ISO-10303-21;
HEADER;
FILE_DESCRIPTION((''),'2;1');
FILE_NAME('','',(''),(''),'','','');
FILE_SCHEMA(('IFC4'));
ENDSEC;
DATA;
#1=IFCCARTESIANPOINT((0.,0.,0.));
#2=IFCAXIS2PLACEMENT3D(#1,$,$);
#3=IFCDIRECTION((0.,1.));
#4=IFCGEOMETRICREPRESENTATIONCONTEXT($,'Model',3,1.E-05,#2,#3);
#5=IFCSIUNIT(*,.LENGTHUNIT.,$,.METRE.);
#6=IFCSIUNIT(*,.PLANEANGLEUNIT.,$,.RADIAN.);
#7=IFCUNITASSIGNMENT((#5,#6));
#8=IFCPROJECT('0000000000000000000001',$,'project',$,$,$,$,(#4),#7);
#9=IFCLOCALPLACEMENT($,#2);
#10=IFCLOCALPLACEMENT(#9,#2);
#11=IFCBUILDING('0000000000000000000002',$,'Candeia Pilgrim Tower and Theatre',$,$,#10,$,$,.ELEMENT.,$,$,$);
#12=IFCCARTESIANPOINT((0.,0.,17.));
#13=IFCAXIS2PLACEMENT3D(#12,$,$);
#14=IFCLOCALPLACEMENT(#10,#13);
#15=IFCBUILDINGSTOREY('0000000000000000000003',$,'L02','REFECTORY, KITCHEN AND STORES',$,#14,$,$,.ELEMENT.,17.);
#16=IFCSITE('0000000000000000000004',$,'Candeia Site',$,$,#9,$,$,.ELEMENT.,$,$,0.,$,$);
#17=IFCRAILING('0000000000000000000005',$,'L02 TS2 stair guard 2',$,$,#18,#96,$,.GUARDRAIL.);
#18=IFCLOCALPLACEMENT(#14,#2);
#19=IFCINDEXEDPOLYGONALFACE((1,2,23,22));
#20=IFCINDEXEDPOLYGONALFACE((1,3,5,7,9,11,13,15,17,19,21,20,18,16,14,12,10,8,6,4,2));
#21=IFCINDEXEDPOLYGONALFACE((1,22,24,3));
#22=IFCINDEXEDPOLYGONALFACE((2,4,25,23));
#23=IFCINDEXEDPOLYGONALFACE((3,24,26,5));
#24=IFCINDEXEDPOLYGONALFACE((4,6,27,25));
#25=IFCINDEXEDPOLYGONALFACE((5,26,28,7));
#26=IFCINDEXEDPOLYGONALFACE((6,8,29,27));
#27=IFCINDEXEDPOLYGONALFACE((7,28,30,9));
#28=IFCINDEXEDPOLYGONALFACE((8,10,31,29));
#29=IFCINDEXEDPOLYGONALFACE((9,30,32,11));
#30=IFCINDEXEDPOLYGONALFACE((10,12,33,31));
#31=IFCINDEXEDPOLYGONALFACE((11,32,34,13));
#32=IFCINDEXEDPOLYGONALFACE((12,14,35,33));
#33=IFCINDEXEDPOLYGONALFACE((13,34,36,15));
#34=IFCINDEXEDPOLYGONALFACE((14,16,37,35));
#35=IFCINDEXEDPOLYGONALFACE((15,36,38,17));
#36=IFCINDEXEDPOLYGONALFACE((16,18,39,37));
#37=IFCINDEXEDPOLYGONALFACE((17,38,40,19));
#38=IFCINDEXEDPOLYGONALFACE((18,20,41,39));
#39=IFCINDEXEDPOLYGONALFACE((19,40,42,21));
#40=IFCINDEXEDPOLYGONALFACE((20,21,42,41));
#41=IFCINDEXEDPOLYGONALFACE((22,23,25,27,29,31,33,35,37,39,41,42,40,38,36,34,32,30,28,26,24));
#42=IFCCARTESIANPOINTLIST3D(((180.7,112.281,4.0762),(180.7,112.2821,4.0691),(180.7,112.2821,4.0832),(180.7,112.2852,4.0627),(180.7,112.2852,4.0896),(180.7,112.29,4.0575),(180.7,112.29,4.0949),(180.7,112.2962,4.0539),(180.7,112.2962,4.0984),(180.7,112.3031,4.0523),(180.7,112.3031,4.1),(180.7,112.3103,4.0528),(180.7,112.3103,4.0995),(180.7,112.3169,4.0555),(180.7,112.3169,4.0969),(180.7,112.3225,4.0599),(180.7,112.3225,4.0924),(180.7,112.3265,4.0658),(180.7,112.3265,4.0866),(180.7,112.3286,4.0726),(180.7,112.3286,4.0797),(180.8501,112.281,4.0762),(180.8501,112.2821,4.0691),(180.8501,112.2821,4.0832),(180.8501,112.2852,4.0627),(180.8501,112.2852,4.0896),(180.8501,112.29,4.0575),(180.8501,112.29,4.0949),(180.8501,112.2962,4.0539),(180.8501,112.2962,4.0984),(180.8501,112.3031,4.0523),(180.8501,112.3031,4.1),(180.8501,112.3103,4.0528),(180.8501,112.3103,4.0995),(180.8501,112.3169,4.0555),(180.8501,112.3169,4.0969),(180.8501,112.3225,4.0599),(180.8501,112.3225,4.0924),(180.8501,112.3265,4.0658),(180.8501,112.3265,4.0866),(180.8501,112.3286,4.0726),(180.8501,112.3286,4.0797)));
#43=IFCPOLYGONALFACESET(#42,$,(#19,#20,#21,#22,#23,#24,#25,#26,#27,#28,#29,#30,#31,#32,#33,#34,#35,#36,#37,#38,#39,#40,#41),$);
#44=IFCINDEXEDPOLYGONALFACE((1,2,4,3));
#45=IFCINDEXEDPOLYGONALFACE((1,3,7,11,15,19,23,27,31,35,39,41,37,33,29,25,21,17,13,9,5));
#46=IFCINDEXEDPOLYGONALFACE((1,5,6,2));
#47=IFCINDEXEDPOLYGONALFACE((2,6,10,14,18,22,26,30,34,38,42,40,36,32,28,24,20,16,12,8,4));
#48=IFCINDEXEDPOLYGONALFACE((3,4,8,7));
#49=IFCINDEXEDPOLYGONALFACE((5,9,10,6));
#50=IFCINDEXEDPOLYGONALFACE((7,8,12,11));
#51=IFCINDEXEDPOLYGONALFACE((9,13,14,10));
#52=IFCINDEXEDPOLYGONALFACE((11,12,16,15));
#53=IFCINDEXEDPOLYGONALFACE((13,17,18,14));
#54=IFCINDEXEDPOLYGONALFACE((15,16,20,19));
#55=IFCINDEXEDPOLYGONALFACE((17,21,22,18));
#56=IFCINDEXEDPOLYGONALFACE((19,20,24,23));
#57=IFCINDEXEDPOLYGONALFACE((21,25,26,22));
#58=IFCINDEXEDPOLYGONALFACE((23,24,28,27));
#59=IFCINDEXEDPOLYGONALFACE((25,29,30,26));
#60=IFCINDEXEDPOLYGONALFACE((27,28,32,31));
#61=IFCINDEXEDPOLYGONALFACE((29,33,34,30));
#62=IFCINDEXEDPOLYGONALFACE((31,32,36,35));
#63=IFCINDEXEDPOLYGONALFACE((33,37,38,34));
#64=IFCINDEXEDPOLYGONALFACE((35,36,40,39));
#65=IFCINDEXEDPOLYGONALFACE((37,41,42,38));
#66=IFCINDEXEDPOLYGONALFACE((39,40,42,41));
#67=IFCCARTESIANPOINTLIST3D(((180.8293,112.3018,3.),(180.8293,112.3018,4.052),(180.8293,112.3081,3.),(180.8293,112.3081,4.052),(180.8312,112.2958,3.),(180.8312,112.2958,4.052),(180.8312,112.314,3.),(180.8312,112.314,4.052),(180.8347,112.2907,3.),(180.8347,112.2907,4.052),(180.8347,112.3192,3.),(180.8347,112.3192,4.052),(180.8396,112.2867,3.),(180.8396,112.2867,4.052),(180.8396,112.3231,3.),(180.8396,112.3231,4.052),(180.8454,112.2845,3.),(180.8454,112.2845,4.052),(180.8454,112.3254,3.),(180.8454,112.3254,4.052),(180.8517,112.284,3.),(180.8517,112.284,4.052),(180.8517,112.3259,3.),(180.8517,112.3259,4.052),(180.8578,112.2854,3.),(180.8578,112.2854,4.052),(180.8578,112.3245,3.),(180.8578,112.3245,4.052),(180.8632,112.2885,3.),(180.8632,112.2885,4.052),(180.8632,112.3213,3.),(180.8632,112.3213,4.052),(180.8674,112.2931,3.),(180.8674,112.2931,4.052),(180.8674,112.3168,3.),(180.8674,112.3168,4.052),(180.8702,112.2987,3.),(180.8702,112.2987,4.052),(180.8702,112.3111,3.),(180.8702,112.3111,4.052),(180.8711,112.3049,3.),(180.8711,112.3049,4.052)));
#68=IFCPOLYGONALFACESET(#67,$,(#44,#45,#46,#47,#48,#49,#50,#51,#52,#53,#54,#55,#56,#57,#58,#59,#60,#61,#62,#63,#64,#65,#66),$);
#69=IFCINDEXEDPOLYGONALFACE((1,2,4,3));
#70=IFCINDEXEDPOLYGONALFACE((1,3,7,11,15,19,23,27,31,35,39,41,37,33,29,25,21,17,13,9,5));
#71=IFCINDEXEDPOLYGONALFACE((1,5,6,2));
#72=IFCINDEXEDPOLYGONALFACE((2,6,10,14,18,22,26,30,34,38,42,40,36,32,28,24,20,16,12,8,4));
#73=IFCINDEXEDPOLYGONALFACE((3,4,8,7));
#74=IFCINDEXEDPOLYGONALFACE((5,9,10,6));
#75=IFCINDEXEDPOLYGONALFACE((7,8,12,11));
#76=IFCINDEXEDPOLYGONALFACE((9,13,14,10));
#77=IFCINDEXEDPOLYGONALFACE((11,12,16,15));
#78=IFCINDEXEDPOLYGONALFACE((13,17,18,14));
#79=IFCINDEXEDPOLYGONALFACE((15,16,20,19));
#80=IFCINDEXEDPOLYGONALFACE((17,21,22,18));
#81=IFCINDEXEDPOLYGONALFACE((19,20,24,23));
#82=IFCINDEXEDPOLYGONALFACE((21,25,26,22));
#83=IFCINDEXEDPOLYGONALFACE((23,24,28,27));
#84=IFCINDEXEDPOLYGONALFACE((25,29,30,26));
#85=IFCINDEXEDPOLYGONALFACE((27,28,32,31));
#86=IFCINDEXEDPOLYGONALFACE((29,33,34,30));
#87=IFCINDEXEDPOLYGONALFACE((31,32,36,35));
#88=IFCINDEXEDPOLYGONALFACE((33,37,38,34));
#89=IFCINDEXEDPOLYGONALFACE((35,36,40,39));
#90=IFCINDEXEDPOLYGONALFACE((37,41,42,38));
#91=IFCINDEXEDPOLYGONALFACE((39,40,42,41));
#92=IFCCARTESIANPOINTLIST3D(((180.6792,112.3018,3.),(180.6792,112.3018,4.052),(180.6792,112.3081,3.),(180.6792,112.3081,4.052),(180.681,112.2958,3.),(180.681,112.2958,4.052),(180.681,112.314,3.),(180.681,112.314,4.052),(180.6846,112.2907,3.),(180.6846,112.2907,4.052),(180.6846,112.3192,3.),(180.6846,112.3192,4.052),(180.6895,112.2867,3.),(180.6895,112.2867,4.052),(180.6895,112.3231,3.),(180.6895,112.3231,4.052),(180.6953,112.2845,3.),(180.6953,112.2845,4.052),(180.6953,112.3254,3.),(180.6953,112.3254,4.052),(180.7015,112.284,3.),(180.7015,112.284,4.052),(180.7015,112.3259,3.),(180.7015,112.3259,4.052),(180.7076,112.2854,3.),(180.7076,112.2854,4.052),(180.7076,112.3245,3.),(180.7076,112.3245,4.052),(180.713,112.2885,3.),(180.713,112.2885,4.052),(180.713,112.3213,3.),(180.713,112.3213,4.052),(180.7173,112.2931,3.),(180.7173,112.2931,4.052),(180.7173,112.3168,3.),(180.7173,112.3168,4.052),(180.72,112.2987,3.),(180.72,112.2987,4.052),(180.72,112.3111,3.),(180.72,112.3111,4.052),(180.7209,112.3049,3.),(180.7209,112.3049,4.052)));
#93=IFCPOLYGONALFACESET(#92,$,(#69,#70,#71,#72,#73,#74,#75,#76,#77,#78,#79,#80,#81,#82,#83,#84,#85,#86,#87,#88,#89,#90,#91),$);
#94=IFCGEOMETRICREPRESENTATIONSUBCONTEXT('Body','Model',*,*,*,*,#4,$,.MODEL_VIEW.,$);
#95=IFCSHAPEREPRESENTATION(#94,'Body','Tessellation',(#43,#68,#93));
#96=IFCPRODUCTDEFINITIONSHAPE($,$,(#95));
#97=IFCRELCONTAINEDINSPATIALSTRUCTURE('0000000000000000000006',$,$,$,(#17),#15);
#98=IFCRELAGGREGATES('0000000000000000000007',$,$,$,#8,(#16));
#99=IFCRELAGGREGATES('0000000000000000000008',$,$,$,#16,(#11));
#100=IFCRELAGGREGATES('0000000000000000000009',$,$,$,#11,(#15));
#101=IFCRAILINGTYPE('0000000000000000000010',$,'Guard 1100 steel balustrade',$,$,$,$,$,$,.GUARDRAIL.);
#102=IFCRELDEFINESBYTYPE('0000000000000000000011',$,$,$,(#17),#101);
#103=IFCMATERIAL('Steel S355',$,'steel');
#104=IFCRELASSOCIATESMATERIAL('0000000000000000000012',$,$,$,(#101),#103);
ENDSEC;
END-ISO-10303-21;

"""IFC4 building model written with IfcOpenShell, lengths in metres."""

from ifc_helpers import new_model, si_unit, direction, frame, origin, origin_2d, place, context, subcontext, project, spatial, circle, extrude, material, type_object, element, save


model = new_model("IFC4")

# Units and contexts
model_context = context("Model", 3, precision=1e-05, world=origin(), true_north=direction((0.0, 1.0)))
body_context = subcontext(model_context, "Body", "Model", "MODEL_VIEW")
ifc_project = project(units=[si_unit("LENGTHUNIT", "METRE"), si_unit("PLANEANGLEUNIT", "RADIAN")], contexts=[model_context])

# Site, building, storey
site_placement = place(None, origin())
site = spatial("IfcSite", under=ifc_project, at=site_placement, Name="Candeia Site", CompositionType="ELEMENT", RefElevation=0.0)
building_placement = place(site_placement, origin())
building = spatial("IfcBuilding", under=site, at=building_placement, Name="Candeia Pilgrim Tower and Theatre", CompositionType="ELEMENT")
storey_placement = place(building_placement, frame((0.0, 0.0, 17.0)))
storey = spatial("IfcBuildingStorey", under=building, at=storey_placement, Name="L02", Description="REFECTORY, KITCHEN AND STORES", CompositionType="ELEMENT", Elevation=17.0)

# Railing
ifc_material_1 = material(Name="Steel S355", Category="steel")
railing_type_1 = type_object("IfcRailingType", Name="Guard 1100 steel balustrade", PredefinedType="GUARDRAIL", material=ifc_material_1)
railing_1_placement = place(storey_placement, frame((180.8501, 112.3049, 3.0)))
element("IfcRailing", 1, at=railing_1_placement, inside=storey, type_object=railing_type_1, Name="L02 TS2 stair guard 2", PredefinedType="GUARDRAIL", context=body_context, shape_type="SweptSolid", body=[
    extrude(circle(Radius=0.0239, at=origin_2d()), frame((0.0, 0.0, 1.0762), z_axis=(-1.0, 0.0, 0.0), x_axis=(0.0, -1.0, 0.0)), (0.0, 0.0, 1.0), 0.1501),
    extrude(circle(Radius=0.021, at=origin_2d()), origin(), (0.0, 0.0, 1.0), 1.052),
    extrude(circle(Radius=0.021, at=origin_2d()), frame((-0.1501, 0.0, 0.0)), (0.0, 0.0, 1.0), 1.052),
])

save(model, "model.ifc")
